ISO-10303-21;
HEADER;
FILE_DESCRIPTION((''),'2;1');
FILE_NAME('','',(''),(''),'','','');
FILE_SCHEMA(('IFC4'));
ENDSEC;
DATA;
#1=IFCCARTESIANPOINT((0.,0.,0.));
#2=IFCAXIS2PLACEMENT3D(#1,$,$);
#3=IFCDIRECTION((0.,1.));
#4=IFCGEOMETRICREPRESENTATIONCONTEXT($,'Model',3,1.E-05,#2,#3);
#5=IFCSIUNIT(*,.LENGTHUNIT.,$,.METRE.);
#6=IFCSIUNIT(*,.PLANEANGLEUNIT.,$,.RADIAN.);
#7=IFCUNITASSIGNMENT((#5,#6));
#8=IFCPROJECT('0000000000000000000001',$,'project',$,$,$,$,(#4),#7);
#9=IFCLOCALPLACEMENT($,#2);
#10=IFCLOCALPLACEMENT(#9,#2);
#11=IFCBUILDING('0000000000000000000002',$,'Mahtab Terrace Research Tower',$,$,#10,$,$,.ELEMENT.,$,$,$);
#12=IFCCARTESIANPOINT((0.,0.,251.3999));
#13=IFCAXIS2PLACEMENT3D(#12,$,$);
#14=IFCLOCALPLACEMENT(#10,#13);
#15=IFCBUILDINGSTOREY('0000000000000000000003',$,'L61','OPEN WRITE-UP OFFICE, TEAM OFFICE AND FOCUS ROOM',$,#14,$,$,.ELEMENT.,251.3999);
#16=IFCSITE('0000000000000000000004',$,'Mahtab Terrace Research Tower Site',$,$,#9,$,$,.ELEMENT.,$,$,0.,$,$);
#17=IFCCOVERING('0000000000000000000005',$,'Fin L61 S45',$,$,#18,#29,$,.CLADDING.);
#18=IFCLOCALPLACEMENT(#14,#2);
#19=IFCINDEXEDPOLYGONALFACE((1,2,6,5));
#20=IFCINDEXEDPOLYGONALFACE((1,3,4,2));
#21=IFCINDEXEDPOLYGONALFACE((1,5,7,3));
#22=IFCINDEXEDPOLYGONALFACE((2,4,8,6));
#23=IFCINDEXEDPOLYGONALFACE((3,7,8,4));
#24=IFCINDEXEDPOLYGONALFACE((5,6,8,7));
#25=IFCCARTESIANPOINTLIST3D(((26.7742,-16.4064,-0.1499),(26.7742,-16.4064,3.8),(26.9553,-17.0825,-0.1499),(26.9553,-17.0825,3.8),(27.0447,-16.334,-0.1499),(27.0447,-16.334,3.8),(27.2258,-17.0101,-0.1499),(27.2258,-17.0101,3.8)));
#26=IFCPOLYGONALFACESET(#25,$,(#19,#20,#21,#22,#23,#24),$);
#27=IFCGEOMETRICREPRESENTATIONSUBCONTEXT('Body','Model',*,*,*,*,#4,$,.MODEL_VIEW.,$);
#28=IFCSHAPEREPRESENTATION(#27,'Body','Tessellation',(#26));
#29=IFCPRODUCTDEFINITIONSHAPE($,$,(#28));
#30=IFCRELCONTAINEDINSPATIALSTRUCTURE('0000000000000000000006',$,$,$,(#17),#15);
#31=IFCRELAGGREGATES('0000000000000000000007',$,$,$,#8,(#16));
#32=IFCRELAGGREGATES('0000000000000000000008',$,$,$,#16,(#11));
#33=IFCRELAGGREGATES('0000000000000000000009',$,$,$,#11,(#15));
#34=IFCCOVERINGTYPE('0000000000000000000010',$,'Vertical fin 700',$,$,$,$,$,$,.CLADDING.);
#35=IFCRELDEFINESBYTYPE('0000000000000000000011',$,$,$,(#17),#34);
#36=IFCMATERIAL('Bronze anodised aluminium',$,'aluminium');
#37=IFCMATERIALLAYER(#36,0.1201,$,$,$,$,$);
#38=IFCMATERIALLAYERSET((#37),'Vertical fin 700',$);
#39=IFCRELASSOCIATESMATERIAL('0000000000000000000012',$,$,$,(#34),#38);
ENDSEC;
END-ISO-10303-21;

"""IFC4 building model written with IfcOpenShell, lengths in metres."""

from ifc_helpers import new_model, si_unit, direction, frame, origin, origin_2d, place, context, subcontext, project, spatial, rectangle, extrude, material, layer, layer_set, type_object, element, save


model = new_model("IFC4")

# Units and contexts
model_context = context("Model", 3, precision=1e-05, world=origin(), true_north=direction((0.0, 1.0)))
body_context = subcontext(model_context, "Body", "Model", "MODEL_VIEW")
ifc_project = project(units=[si_unit("LENGTHUNIT", "METRE"), si_unit("PLANEANGLEUNIT", "RADIAN")], contexts=[model_context])

# Site, building, storey
site_placement = place(None, origin())
site = spatial("IfcSite", under=ifc_project, at=site_placement, Name="Mahtab Terrace Research Tower Site", CompositionType="ELEMENT", RefElevation=0.0)
building_placement = place(site_placement, origin())
building = spatial("IfcBuilding", under=site, at=building_placement, Name="Mahtab Terrace Research Tower", CompositionType="ELEMENT")
storey_placement = place(building_placement, frame((0.0, 0.0, 251.3999)))
storey = spatial("IfcBuildingStorey", under=building, at=storey_placement, Name="L61", Description="OPEN WRITE-UP OFFICE, TEAM OFFICE AND FOCUS ROOM", CompositionType="ELEMENT", Elevation=251.3999)

# Covering
ifc_material_1 = material(Name="Bronze anodised aluminium", Category="aluminium")
ifc_layer_1 = layer(ifc_material_1, 0.1201)
ifc_layer_set_1 = layer_set([ifc_layer_1], Name="Vertical fin 700")
covering_type = type_object("IfcCoveringType", Name="Vertical fin 700", PredefinedType="CLADDING", material=ifc_layer_set_1)
for number, where, z_axis, x_axis, name in (
    (1, (27.0, -16.7083, -0.1499), (0.0, 0.0, 1.0), (0.965926, 0.258819, 0.0), "Fin L61 S45"),
):
    element("IfcCovering", number, at=place(storey_placement, frame(where, z_axis=z_axis, x_axis=x_axis)), inside=storey, type_object=covering_type, Name=name, PredefinedType="CLADDING", context=body_context, shape_type="SweptSolid", body=[
        extrude(rectangle(XDim=0.28, YDim=0.7, at=origin_2d()), origin(), (0.0, 0.0, 1.0), 3.95),
    ])

save(model, "model.ifc")
